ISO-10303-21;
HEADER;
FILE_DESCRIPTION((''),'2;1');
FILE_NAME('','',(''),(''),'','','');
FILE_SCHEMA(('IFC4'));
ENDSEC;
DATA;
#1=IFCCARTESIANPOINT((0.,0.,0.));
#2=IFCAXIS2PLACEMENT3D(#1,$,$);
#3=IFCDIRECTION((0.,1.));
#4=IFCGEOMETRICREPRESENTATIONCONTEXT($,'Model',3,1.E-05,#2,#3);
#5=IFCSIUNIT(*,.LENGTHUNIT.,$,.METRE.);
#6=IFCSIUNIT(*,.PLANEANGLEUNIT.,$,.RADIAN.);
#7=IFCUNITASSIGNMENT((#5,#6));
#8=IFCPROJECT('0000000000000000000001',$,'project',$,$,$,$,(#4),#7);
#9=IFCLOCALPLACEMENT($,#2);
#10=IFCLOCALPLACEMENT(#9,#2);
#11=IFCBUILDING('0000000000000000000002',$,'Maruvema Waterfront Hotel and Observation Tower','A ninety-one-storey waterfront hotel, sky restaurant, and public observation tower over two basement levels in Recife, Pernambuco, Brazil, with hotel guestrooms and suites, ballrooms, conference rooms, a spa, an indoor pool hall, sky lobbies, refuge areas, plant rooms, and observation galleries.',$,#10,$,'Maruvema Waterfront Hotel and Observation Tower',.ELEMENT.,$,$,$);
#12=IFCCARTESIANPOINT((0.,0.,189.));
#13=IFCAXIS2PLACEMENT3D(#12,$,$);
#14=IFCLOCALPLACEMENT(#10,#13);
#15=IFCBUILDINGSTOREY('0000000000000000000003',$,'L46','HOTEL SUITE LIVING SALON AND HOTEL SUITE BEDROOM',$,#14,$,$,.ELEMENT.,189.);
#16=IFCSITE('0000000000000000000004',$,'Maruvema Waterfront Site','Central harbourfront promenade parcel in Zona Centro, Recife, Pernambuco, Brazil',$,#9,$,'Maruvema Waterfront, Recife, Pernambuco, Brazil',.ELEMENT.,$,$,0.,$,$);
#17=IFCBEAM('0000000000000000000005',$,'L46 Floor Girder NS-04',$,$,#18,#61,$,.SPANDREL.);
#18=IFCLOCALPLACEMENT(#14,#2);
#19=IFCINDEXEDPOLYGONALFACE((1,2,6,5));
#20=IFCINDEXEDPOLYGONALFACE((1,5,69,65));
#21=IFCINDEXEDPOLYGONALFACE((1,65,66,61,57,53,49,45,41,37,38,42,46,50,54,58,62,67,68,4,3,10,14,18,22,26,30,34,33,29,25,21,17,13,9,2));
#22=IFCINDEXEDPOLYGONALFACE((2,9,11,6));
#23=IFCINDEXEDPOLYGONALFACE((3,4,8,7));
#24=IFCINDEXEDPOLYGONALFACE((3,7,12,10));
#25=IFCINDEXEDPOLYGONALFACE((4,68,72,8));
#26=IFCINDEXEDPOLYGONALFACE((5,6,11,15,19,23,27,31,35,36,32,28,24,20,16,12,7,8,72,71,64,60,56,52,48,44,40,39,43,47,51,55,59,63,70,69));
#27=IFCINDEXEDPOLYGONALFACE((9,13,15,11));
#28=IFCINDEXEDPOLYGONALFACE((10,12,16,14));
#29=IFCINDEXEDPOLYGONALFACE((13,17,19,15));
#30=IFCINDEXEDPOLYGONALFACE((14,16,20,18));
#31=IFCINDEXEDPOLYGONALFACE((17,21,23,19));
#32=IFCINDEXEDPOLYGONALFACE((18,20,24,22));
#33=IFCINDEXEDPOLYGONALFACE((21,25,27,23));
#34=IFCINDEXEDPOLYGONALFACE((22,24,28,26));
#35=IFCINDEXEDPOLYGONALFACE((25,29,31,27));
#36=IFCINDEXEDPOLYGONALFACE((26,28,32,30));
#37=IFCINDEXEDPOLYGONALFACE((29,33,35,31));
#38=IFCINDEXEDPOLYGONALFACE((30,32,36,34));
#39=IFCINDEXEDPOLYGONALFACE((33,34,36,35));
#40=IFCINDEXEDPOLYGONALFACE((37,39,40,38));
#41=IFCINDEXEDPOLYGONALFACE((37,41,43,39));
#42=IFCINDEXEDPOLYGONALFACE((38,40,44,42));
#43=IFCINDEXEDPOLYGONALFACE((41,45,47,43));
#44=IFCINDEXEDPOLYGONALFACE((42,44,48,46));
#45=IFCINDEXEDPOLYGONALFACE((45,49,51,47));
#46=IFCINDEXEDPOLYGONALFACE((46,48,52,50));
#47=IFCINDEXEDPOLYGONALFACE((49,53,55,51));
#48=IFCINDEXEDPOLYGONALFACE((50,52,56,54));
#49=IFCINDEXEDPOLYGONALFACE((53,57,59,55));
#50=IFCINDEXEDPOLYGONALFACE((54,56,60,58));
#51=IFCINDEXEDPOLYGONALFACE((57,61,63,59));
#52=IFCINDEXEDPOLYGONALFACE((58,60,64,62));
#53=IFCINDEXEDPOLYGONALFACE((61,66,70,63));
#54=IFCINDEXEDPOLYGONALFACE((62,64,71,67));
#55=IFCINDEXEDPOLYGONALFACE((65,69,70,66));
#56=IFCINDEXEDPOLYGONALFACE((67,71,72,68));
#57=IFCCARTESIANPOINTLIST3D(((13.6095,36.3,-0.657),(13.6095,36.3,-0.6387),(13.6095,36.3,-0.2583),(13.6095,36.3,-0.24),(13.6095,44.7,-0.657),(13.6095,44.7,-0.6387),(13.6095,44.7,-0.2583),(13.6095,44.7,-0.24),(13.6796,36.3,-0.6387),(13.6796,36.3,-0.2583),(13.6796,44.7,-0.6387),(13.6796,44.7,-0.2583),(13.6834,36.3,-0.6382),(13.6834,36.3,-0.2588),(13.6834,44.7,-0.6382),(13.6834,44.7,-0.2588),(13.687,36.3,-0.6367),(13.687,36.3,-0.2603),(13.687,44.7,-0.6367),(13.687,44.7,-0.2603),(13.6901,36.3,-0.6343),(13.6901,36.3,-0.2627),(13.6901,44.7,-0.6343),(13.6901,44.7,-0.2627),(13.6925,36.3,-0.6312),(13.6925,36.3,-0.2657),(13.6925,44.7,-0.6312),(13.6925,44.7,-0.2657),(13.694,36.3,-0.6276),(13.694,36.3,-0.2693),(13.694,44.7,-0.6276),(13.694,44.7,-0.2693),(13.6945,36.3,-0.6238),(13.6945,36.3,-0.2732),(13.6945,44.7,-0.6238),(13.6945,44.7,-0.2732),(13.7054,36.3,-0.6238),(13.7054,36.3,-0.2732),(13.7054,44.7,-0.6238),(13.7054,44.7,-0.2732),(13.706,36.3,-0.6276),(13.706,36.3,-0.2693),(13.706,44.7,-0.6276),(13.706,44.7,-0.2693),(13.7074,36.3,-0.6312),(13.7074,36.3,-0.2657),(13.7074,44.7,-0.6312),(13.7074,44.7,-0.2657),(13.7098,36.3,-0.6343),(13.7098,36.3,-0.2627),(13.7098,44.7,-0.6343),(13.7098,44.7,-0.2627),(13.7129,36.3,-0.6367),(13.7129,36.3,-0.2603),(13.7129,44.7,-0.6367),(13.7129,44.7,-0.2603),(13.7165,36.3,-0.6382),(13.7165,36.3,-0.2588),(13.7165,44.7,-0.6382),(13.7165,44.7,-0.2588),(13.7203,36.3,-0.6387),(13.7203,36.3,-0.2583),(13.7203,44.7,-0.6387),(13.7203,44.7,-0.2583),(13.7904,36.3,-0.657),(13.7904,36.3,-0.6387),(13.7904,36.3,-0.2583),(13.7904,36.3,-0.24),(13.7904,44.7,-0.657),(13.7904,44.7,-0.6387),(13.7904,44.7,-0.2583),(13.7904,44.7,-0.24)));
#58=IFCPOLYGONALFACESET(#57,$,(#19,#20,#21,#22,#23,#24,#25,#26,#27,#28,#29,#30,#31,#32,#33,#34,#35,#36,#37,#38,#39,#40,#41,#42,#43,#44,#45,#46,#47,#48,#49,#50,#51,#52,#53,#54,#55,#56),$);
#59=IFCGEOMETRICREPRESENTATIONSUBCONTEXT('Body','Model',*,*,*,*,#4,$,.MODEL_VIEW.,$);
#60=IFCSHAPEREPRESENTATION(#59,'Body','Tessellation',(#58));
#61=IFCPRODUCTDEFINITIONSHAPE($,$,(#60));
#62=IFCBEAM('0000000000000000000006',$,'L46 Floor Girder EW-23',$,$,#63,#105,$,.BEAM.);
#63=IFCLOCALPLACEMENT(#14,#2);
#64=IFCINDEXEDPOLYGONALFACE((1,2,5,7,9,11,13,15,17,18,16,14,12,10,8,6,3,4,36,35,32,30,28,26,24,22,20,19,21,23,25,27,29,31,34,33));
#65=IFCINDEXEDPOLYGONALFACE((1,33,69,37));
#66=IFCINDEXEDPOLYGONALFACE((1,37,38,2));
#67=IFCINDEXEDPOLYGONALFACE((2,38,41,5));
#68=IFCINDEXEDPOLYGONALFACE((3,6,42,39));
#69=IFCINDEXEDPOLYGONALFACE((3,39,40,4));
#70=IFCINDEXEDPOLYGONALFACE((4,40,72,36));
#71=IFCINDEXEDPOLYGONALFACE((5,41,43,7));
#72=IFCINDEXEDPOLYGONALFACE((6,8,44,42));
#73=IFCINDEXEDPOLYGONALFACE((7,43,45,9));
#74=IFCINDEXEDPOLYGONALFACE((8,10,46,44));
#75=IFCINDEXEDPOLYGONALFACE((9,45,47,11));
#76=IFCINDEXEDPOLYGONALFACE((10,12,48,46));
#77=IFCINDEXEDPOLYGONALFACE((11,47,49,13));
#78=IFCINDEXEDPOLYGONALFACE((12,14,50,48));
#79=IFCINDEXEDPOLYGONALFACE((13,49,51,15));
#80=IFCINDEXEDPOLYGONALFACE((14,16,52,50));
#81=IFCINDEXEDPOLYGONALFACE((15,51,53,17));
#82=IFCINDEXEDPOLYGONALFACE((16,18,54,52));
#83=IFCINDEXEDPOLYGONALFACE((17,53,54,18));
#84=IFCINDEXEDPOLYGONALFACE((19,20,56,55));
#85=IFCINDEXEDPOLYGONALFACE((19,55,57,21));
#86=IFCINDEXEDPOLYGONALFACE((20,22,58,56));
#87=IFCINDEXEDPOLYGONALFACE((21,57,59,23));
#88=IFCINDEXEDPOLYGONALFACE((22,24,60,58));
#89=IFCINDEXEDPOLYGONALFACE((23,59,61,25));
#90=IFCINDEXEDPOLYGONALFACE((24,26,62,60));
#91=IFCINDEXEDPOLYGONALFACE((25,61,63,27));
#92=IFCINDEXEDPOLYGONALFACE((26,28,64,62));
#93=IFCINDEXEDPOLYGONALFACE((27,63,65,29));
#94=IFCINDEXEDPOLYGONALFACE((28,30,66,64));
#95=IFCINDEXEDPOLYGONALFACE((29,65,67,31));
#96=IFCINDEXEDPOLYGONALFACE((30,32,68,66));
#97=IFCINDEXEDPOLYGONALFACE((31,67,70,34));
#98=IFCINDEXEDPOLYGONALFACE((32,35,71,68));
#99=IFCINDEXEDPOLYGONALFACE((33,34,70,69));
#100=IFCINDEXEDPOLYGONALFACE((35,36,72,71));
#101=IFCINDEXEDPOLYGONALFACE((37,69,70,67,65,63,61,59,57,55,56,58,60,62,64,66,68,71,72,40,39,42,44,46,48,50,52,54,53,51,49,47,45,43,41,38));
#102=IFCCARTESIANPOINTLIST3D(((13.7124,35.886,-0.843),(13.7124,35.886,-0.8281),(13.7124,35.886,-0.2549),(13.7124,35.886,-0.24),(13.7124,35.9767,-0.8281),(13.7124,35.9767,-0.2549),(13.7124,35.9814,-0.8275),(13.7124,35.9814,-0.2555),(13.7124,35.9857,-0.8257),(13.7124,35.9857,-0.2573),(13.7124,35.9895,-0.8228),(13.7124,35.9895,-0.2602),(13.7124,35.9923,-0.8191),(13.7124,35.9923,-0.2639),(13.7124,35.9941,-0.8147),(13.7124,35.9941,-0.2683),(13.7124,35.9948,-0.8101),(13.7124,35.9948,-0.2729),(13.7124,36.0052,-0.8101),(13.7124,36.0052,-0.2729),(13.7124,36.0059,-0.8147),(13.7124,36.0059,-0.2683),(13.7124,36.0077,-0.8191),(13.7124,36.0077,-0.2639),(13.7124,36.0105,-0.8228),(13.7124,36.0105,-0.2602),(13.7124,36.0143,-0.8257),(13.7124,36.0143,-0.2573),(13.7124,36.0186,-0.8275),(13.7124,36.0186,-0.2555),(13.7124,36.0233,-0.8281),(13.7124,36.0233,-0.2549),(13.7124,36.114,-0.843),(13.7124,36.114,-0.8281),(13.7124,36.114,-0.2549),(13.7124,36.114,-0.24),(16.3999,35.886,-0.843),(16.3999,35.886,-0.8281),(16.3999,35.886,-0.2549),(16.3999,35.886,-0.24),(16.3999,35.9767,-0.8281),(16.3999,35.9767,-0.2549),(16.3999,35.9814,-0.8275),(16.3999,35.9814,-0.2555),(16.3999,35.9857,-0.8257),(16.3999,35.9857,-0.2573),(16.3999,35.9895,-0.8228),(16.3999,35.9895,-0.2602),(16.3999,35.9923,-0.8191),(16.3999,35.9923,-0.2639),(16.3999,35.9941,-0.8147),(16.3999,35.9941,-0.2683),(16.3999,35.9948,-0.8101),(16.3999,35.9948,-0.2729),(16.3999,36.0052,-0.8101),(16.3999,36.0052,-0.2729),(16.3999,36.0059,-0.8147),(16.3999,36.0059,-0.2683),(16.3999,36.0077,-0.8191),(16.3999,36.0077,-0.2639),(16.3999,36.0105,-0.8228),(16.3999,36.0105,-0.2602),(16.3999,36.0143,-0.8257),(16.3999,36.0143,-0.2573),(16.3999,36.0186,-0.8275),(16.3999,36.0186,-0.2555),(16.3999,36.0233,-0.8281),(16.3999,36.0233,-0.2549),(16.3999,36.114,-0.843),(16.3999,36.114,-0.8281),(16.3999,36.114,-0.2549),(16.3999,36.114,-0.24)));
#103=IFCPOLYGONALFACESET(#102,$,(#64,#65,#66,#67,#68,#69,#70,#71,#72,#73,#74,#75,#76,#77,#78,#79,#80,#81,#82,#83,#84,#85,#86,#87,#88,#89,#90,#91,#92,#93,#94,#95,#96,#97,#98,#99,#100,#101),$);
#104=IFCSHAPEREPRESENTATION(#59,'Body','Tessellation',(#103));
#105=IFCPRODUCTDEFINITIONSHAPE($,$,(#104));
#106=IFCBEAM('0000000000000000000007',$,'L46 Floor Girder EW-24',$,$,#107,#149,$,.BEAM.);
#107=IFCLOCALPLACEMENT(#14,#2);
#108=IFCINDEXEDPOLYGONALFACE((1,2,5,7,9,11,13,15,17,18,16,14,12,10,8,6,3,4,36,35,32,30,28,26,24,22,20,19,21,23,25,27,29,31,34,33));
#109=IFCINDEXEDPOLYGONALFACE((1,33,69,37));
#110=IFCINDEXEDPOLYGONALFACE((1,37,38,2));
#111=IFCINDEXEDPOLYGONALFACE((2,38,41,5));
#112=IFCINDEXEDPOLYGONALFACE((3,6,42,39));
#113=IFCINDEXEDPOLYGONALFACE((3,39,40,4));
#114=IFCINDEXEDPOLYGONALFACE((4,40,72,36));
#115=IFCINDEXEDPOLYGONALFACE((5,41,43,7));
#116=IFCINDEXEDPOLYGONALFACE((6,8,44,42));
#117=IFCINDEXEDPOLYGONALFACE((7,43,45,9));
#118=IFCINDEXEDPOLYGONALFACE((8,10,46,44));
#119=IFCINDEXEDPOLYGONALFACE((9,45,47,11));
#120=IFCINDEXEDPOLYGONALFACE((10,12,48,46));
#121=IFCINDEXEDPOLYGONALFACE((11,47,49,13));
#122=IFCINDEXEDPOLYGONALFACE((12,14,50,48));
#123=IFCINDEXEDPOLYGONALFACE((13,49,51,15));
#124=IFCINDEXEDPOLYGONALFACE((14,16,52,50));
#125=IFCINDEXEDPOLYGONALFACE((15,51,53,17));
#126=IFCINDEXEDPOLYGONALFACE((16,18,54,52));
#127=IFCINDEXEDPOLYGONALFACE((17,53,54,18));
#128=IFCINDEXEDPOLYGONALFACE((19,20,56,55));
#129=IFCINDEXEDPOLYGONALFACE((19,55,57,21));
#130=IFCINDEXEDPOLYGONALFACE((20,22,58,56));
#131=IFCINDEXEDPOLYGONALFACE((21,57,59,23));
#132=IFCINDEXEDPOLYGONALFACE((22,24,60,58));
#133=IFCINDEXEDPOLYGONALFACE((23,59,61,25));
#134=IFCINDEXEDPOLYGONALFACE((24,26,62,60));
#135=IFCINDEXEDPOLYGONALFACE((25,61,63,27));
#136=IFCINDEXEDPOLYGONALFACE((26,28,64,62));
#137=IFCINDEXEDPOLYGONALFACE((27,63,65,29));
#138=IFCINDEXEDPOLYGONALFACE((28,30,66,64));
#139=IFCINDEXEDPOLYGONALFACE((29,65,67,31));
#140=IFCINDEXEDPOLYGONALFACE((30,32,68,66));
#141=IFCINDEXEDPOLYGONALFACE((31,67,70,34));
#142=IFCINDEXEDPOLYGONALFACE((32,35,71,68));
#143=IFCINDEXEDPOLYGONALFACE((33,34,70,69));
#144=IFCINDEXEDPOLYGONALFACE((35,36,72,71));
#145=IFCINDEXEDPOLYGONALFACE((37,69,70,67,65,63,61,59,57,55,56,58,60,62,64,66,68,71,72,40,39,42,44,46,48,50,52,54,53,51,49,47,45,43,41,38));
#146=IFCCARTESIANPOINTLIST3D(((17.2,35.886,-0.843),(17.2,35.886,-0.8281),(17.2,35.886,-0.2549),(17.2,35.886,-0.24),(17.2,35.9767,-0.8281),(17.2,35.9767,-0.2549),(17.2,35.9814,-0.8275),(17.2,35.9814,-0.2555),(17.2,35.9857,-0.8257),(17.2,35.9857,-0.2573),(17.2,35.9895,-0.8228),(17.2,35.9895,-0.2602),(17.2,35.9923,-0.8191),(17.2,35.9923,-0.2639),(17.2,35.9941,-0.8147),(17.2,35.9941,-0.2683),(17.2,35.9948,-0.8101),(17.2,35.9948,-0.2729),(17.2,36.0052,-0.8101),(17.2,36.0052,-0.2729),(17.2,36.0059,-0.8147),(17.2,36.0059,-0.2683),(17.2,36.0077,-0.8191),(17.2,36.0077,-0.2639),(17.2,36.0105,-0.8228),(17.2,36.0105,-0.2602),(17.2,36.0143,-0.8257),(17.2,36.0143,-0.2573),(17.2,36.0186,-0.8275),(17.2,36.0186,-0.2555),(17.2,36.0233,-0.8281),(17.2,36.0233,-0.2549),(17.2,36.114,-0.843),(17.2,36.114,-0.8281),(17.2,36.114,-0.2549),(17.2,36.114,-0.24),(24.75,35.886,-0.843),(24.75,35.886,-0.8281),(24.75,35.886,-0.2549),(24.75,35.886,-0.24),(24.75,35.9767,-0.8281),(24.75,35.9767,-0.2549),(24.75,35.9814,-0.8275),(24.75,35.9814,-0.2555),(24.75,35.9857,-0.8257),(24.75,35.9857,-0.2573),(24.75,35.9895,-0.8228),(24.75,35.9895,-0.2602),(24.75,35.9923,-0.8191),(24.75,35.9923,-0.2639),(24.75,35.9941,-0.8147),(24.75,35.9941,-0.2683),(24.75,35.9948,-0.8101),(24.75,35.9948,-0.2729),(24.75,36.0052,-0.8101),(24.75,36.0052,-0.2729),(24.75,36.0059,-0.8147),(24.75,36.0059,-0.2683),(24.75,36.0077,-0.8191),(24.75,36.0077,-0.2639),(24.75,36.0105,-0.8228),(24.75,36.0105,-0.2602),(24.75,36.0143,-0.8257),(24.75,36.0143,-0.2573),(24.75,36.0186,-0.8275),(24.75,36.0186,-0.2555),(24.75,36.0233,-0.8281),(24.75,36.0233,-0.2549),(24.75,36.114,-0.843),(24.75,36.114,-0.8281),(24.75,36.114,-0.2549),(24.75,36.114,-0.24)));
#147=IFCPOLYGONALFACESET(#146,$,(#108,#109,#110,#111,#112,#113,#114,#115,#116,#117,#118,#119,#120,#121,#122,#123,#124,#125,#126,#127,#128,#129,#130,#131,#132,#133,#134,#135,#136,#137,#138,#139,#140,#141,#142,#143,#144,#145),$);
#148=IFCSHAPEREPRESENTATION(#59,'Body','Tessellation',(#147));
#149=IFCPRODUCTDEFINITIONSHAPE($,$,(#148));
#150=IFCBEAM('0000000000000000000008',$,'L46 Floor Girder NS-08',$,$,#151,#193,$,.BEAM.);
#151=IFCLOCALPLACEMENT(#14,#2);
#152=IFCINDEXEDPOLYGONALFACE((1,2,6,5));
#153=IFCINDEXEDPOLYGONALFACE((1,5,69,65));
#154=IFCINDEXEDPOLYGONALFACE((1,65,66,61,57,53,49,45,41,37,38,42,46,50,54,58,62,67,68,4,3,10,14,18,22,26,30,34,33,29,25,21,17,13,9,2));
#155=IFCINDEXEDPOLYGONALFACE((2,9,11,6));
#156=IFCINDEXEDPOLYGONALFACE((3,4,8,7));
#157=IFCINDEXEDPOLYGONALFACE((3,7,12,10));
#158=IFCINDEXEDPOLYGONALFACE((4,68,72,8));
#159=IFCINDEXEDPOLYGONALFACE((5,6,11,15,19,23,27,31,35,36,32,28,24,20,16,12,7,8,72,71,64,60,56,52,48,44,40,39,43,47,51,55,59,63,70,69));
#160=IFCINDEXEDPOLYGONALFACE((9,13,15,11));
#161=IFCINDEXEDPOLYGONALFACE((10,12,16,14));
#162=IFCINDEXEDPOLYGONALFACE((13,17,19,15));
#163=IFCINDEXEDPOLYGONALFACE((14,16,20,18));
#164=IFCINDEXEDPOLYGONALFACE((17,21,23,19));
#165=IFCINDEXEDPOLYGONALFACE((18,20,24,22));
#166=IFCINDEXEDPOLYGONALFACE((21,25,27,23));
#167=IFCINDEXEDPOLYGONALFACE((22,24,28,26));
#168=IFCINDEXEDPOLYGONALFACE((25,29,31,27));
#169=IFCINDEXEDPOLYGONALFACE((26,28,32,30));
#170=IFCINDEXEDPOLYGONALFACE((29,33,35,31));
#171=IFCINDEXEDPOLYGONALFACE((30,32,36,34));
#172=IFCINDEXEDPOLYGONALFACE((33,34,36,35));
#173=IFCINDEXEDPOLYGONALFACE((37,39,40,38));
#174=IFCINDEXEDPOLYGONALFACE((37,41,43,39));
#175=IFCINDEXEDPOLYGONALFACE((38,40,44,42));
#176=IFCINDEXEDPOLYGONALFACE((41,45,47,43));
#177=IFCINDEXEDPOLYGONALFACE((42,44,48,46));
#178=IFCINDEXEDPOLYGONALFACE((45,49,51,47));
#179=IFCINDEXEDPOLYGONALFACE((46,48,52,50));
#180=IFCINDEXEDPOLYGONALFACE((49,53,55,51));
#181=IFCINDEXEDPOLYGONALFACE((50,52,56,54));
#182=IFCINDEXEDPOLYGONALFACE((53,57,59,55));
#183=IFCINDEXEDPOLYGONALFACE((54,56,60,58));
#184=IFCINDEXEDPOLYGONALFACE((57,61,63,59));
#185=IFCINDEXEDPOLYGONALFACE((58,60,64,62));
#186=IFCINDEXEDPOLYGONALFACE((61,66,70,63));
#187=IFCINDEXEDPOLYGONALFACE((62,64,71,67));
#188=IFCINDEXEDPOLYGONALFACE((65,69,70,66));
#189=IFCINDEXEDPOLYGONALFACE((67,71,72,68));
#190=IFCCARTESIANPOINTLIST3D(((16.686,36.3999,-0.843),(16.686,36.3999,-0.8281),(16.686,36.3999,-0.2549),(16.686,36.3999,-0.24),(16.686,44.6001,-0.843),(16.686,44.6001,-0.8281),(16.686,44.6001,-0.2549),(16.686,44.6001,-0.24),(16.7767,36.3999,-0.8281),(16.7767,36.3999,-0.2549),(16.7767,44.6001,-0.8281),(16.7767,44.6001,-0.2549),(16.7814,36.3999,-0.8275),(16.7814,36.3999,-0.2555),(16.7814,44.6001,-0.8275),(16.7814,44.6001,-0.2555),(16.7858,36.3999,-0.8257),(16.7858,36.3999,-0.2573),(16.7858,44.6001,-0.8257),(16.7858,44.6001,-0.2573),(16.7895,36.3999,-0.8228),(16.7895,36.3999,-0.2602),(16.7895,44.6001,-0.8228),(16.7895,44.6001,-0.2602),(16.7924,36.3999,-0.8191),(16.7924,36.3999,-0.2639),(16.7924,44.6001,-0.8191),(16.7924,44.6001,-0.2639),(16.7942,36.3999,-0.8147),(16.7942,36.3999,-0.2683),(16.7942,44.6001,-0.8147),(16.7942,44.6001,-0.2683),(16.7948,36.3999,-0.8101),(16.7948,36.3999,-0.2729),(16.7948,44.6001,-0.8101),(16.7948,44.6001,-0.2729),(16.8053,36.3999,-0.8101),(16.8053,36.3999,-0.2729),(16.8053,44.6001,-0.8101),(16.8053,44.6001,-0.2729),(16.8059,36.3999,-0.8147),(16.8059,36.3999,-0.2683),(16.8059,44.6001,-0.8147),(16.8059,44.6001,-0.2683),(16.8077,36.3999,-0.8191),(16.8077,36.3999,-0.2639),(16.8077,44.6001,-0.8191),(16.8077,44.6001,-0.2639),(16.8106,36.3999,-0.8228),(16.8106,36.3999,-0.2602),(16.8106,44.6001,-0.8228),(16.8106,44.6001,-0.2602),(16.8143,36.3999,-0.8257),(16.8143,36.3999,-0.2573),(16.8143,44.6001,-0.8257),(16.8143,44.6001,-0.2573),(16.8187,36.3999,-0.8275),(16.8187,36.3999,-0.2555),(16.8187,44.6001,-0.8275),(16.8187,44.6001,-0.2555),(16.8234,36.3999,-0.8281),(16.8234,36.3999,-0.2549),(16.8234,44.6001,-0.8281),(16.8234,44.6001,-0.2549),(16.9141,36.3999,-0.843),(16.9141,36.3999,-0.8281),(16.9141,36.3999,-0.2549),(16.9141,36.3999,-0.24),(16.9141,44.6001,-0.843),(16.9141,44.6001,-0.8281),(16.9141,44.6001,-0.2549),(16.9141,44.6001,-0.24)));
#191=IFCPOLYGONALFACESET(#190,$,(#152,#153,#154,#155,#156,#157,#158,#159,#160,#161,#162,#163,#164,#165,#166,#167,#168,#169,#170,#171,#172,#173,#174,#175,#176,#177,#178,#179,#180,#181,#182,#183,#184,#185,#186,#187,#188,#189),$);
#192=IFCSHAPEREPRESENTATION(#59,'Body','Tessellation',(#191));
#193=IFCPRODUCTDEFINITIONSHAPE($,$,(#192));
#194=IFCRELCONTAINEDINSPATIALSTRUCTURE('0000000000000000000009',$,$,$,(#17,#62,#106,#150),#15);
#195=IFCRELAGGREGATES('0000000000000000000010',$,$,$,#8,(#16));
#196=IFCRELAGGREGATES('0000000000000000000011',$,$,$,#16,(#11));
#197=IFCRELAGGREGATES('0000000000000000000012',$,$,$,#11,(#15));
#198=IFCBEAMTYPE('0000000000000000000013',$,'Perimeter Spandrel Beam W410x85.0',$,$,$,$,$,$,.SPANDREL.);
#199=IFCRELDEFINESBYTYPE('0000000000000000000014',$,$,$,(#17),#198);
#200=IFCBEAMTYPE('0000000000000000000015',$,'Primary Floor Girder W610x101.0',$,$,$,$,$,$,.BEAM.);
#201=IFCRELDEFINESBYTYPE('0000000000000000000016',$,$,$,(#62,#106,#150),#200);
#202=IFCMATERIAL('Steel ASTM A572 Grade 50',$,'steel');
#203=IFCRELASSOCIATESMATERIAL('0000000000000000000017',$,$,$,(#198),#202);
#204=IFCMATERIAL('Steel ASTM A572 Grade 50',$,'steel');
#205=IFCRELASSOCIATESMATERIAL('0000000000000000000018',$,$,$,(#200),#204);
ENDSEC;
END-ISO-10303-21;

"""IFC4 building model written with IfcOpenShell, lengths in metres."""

from ifc_helpers import new_model, si_unit, direction, frame, origin, origin_2d, place, context, subcontext, project, spatial, i_section, extrude, material, material_profile, profile_set, type_object, element, save


model = new_model("IFC4")

# Units and contexts
model_context = context("Model", 3, precision=1e-05, world=origin(), true_north=direction((0.0, 1.0)))
body_context = subcontext(model_context, "Body", "Model", "MODEL_VIEW")
ifc_project = project(units=[si_unit("LENGTHUNIT", "METRE"), si_unit("PLANEANGLEUNIT", "RADIAN")], contexts=[model_context])

# Site, building, storey
site_placement = place(None, origin())
site = spatial("IfcSite", under=ifc_project, at=site_placement, Name="Maruvema Waterfront Site", Description="Central harbourfront promenade parcel in Zona Centro, Recife, Pernambuco, Brazil", LongName="Maruvema Waterfront, Recife, Pernambuco, Brazil", CompositionType="ELEMENT", RefElevation=0.0)
building_placement = place(site_placement, origin())
building = spatial("IfcBuilding", under=site, at=building_placement, Name="Maruvema Waterfront Hotel and Observation Tower", Description="A ninety-one-storey waterfront hotel, sky restaurant, and public observation tower over two basement levels in Recife, Pernambuco, Brazil, with hotel guestrooms and suites, ballrooms, conference rooms, a spa, an indoor pool hall, sky lobbies, refuge areas, plant rooms, and observation galleries.", LongName="Maruvema Waterfront Hotel and Observation Tower", CompositionType="ELEMENT")
storey_placement = place(building_placement, frame((0.0, 0.0, 189.0)))
storey = spatial("IfcBuildingStorey", under=building, at=storey_placement, Name="L46", Description="HOTEL SUITE LIVING SALON AND HOTEL SUITE BEDROOM", CompositionType="ELEMENT", Elevation=189.0)

# Beams
ifc_material_1 = material(Name="Steel ASTM A572 Grade 50", Category="steel")
ifc_material_profile_1 = material_profile(ifc_material_1, i_section(OverallWidth=0.1809, OverallDepth=0.417, WebThickness=0.011, FlangeThickness=0.0183, FilletRadius=0.0149, at=origin_2d()), Name="W410x85.0")
ifc_profile_set_1 = profile_set([ifc_material_profile_1], Name="Steel ASTM A572 Grade 50")
beam_type_1 = type_object("IfcBeamType", Name="Perimeter Spandrel Beam W410x85.0", PredefinedType="SPANDREL", material=ifc_profile_set_1)
beam_1_placement = place(storey_placement, frame((13.7, 36.3, -0.4485), z_axis=(0.0, 1.0, 0.0), x_axis=(-1.0, 0.0, 0.0)))
element("IfcBeam", 1, at=beam_1_placement, inside=storey, type_object=beam_type_1, Name="L46 Floor Girder NS-04", PredefinedType="SPANDREL", context=body_context, shape_type="SweptSolid", body=[
    extrude(i_section(OverallWidth=0.1809, OverallDepth=0.417, WebThickness=0.011, FlangeThickness=0.0183, FilletRadius=0.0149, at=origin_2d()), origin(), (0.0, 0.0, 1.0), 8.3999),
])
ifc_material_2 = material(Name="Steel ASTM A572 Grade 50", Category="steel")
ifc_material_profile_2 = material_profile(ifc_material_2, i_section(OverallWidth=0.228, OverallDepth=0.603, WebThickness=0.0105, FlangeThickness=0.0149, FilletRadius=0.0181, at=origin_2d()), Name="W610x101.0")
ifc_profile_set_2 = profile_set([ifc_material_profile_2], Name="Steel ASTM A572 Grade 50")
beam_type_2 = type_object("IfcBeamType", Name="Primary Floor Girder W610x101.0", PredefinedType="BEAM", material=ifc_profile_set_2)
beam_2_placement = place(storey_placement, frame((13.7124, 36.0, -0.5415), z_axis=(1.0, 0.0, 0.0), x_axis=(0.0, 1.0, 0.0)))
element("IfcBeam", 2, at=beam_2_placement, inside=storey, type_object=beam_type_2, Name="L46 Floor Girder EW-23", PredefinedType="BEAM", context=body_context, shape_type="SweptSolid", body=[
    extrude(i_section(OverallWidth=0.228, OverallDepth=0.603, WebThickness=0.0105, FlangeThickness=0.0149, FilletRadius=0.0181, at=origin_2d()), origin(), (0.0, 0.0, 1.0), 2.6875),
])
beam_3_placement = place(storey_placement, frame((17.2, 36.0, -0.5415), z_axis=(1.0, 0.0, 0.0), x_axis=(0.0, 1.0, 0.0)))
element("IfcBeam", 3, at=beam_3_placement, inside=storey, type_object=beam_type_2, Name="L46 Floor Girder EW-24", PredefinedType="BEAM", context=body_context, shape_type="SweptSolid", body=[
    extrude(i_section(OverallWidth=0.228, OverallDepth=0.603, WebThickness=0.0105, FlangeThickness=0.0149, FilletRadius=0.0181, at=origin_2d()), origin(), (0.0, 0.0, 1.0), 7.55),
])
beam_4_placement = place(storey_placement, frame((16.8, 36.3999, -0.5415), z_axis=(0.0, 1.0, 0.0), x_axis=(-1.0, 0.0, 0.0)))
element("IfcBeam", 4, at=beam_4_placement, inside=storey, type_object=beam_type_2, Name="L46 Floor Girder NS-08", PredefinedType="BEAM", context=body_context, shape_type="SweptSolid", body=[
    extrude(i_section(OverallWidth=0.228, OverallDepth=0.603, WebThickness=0.0105, FlangeThickness=0.0149, FilletRadius=0.0181, at=origin_2d()), origin(), (0.0, 0.0, 1.0), 8.2002),
])

save(model, "model.ifc")
